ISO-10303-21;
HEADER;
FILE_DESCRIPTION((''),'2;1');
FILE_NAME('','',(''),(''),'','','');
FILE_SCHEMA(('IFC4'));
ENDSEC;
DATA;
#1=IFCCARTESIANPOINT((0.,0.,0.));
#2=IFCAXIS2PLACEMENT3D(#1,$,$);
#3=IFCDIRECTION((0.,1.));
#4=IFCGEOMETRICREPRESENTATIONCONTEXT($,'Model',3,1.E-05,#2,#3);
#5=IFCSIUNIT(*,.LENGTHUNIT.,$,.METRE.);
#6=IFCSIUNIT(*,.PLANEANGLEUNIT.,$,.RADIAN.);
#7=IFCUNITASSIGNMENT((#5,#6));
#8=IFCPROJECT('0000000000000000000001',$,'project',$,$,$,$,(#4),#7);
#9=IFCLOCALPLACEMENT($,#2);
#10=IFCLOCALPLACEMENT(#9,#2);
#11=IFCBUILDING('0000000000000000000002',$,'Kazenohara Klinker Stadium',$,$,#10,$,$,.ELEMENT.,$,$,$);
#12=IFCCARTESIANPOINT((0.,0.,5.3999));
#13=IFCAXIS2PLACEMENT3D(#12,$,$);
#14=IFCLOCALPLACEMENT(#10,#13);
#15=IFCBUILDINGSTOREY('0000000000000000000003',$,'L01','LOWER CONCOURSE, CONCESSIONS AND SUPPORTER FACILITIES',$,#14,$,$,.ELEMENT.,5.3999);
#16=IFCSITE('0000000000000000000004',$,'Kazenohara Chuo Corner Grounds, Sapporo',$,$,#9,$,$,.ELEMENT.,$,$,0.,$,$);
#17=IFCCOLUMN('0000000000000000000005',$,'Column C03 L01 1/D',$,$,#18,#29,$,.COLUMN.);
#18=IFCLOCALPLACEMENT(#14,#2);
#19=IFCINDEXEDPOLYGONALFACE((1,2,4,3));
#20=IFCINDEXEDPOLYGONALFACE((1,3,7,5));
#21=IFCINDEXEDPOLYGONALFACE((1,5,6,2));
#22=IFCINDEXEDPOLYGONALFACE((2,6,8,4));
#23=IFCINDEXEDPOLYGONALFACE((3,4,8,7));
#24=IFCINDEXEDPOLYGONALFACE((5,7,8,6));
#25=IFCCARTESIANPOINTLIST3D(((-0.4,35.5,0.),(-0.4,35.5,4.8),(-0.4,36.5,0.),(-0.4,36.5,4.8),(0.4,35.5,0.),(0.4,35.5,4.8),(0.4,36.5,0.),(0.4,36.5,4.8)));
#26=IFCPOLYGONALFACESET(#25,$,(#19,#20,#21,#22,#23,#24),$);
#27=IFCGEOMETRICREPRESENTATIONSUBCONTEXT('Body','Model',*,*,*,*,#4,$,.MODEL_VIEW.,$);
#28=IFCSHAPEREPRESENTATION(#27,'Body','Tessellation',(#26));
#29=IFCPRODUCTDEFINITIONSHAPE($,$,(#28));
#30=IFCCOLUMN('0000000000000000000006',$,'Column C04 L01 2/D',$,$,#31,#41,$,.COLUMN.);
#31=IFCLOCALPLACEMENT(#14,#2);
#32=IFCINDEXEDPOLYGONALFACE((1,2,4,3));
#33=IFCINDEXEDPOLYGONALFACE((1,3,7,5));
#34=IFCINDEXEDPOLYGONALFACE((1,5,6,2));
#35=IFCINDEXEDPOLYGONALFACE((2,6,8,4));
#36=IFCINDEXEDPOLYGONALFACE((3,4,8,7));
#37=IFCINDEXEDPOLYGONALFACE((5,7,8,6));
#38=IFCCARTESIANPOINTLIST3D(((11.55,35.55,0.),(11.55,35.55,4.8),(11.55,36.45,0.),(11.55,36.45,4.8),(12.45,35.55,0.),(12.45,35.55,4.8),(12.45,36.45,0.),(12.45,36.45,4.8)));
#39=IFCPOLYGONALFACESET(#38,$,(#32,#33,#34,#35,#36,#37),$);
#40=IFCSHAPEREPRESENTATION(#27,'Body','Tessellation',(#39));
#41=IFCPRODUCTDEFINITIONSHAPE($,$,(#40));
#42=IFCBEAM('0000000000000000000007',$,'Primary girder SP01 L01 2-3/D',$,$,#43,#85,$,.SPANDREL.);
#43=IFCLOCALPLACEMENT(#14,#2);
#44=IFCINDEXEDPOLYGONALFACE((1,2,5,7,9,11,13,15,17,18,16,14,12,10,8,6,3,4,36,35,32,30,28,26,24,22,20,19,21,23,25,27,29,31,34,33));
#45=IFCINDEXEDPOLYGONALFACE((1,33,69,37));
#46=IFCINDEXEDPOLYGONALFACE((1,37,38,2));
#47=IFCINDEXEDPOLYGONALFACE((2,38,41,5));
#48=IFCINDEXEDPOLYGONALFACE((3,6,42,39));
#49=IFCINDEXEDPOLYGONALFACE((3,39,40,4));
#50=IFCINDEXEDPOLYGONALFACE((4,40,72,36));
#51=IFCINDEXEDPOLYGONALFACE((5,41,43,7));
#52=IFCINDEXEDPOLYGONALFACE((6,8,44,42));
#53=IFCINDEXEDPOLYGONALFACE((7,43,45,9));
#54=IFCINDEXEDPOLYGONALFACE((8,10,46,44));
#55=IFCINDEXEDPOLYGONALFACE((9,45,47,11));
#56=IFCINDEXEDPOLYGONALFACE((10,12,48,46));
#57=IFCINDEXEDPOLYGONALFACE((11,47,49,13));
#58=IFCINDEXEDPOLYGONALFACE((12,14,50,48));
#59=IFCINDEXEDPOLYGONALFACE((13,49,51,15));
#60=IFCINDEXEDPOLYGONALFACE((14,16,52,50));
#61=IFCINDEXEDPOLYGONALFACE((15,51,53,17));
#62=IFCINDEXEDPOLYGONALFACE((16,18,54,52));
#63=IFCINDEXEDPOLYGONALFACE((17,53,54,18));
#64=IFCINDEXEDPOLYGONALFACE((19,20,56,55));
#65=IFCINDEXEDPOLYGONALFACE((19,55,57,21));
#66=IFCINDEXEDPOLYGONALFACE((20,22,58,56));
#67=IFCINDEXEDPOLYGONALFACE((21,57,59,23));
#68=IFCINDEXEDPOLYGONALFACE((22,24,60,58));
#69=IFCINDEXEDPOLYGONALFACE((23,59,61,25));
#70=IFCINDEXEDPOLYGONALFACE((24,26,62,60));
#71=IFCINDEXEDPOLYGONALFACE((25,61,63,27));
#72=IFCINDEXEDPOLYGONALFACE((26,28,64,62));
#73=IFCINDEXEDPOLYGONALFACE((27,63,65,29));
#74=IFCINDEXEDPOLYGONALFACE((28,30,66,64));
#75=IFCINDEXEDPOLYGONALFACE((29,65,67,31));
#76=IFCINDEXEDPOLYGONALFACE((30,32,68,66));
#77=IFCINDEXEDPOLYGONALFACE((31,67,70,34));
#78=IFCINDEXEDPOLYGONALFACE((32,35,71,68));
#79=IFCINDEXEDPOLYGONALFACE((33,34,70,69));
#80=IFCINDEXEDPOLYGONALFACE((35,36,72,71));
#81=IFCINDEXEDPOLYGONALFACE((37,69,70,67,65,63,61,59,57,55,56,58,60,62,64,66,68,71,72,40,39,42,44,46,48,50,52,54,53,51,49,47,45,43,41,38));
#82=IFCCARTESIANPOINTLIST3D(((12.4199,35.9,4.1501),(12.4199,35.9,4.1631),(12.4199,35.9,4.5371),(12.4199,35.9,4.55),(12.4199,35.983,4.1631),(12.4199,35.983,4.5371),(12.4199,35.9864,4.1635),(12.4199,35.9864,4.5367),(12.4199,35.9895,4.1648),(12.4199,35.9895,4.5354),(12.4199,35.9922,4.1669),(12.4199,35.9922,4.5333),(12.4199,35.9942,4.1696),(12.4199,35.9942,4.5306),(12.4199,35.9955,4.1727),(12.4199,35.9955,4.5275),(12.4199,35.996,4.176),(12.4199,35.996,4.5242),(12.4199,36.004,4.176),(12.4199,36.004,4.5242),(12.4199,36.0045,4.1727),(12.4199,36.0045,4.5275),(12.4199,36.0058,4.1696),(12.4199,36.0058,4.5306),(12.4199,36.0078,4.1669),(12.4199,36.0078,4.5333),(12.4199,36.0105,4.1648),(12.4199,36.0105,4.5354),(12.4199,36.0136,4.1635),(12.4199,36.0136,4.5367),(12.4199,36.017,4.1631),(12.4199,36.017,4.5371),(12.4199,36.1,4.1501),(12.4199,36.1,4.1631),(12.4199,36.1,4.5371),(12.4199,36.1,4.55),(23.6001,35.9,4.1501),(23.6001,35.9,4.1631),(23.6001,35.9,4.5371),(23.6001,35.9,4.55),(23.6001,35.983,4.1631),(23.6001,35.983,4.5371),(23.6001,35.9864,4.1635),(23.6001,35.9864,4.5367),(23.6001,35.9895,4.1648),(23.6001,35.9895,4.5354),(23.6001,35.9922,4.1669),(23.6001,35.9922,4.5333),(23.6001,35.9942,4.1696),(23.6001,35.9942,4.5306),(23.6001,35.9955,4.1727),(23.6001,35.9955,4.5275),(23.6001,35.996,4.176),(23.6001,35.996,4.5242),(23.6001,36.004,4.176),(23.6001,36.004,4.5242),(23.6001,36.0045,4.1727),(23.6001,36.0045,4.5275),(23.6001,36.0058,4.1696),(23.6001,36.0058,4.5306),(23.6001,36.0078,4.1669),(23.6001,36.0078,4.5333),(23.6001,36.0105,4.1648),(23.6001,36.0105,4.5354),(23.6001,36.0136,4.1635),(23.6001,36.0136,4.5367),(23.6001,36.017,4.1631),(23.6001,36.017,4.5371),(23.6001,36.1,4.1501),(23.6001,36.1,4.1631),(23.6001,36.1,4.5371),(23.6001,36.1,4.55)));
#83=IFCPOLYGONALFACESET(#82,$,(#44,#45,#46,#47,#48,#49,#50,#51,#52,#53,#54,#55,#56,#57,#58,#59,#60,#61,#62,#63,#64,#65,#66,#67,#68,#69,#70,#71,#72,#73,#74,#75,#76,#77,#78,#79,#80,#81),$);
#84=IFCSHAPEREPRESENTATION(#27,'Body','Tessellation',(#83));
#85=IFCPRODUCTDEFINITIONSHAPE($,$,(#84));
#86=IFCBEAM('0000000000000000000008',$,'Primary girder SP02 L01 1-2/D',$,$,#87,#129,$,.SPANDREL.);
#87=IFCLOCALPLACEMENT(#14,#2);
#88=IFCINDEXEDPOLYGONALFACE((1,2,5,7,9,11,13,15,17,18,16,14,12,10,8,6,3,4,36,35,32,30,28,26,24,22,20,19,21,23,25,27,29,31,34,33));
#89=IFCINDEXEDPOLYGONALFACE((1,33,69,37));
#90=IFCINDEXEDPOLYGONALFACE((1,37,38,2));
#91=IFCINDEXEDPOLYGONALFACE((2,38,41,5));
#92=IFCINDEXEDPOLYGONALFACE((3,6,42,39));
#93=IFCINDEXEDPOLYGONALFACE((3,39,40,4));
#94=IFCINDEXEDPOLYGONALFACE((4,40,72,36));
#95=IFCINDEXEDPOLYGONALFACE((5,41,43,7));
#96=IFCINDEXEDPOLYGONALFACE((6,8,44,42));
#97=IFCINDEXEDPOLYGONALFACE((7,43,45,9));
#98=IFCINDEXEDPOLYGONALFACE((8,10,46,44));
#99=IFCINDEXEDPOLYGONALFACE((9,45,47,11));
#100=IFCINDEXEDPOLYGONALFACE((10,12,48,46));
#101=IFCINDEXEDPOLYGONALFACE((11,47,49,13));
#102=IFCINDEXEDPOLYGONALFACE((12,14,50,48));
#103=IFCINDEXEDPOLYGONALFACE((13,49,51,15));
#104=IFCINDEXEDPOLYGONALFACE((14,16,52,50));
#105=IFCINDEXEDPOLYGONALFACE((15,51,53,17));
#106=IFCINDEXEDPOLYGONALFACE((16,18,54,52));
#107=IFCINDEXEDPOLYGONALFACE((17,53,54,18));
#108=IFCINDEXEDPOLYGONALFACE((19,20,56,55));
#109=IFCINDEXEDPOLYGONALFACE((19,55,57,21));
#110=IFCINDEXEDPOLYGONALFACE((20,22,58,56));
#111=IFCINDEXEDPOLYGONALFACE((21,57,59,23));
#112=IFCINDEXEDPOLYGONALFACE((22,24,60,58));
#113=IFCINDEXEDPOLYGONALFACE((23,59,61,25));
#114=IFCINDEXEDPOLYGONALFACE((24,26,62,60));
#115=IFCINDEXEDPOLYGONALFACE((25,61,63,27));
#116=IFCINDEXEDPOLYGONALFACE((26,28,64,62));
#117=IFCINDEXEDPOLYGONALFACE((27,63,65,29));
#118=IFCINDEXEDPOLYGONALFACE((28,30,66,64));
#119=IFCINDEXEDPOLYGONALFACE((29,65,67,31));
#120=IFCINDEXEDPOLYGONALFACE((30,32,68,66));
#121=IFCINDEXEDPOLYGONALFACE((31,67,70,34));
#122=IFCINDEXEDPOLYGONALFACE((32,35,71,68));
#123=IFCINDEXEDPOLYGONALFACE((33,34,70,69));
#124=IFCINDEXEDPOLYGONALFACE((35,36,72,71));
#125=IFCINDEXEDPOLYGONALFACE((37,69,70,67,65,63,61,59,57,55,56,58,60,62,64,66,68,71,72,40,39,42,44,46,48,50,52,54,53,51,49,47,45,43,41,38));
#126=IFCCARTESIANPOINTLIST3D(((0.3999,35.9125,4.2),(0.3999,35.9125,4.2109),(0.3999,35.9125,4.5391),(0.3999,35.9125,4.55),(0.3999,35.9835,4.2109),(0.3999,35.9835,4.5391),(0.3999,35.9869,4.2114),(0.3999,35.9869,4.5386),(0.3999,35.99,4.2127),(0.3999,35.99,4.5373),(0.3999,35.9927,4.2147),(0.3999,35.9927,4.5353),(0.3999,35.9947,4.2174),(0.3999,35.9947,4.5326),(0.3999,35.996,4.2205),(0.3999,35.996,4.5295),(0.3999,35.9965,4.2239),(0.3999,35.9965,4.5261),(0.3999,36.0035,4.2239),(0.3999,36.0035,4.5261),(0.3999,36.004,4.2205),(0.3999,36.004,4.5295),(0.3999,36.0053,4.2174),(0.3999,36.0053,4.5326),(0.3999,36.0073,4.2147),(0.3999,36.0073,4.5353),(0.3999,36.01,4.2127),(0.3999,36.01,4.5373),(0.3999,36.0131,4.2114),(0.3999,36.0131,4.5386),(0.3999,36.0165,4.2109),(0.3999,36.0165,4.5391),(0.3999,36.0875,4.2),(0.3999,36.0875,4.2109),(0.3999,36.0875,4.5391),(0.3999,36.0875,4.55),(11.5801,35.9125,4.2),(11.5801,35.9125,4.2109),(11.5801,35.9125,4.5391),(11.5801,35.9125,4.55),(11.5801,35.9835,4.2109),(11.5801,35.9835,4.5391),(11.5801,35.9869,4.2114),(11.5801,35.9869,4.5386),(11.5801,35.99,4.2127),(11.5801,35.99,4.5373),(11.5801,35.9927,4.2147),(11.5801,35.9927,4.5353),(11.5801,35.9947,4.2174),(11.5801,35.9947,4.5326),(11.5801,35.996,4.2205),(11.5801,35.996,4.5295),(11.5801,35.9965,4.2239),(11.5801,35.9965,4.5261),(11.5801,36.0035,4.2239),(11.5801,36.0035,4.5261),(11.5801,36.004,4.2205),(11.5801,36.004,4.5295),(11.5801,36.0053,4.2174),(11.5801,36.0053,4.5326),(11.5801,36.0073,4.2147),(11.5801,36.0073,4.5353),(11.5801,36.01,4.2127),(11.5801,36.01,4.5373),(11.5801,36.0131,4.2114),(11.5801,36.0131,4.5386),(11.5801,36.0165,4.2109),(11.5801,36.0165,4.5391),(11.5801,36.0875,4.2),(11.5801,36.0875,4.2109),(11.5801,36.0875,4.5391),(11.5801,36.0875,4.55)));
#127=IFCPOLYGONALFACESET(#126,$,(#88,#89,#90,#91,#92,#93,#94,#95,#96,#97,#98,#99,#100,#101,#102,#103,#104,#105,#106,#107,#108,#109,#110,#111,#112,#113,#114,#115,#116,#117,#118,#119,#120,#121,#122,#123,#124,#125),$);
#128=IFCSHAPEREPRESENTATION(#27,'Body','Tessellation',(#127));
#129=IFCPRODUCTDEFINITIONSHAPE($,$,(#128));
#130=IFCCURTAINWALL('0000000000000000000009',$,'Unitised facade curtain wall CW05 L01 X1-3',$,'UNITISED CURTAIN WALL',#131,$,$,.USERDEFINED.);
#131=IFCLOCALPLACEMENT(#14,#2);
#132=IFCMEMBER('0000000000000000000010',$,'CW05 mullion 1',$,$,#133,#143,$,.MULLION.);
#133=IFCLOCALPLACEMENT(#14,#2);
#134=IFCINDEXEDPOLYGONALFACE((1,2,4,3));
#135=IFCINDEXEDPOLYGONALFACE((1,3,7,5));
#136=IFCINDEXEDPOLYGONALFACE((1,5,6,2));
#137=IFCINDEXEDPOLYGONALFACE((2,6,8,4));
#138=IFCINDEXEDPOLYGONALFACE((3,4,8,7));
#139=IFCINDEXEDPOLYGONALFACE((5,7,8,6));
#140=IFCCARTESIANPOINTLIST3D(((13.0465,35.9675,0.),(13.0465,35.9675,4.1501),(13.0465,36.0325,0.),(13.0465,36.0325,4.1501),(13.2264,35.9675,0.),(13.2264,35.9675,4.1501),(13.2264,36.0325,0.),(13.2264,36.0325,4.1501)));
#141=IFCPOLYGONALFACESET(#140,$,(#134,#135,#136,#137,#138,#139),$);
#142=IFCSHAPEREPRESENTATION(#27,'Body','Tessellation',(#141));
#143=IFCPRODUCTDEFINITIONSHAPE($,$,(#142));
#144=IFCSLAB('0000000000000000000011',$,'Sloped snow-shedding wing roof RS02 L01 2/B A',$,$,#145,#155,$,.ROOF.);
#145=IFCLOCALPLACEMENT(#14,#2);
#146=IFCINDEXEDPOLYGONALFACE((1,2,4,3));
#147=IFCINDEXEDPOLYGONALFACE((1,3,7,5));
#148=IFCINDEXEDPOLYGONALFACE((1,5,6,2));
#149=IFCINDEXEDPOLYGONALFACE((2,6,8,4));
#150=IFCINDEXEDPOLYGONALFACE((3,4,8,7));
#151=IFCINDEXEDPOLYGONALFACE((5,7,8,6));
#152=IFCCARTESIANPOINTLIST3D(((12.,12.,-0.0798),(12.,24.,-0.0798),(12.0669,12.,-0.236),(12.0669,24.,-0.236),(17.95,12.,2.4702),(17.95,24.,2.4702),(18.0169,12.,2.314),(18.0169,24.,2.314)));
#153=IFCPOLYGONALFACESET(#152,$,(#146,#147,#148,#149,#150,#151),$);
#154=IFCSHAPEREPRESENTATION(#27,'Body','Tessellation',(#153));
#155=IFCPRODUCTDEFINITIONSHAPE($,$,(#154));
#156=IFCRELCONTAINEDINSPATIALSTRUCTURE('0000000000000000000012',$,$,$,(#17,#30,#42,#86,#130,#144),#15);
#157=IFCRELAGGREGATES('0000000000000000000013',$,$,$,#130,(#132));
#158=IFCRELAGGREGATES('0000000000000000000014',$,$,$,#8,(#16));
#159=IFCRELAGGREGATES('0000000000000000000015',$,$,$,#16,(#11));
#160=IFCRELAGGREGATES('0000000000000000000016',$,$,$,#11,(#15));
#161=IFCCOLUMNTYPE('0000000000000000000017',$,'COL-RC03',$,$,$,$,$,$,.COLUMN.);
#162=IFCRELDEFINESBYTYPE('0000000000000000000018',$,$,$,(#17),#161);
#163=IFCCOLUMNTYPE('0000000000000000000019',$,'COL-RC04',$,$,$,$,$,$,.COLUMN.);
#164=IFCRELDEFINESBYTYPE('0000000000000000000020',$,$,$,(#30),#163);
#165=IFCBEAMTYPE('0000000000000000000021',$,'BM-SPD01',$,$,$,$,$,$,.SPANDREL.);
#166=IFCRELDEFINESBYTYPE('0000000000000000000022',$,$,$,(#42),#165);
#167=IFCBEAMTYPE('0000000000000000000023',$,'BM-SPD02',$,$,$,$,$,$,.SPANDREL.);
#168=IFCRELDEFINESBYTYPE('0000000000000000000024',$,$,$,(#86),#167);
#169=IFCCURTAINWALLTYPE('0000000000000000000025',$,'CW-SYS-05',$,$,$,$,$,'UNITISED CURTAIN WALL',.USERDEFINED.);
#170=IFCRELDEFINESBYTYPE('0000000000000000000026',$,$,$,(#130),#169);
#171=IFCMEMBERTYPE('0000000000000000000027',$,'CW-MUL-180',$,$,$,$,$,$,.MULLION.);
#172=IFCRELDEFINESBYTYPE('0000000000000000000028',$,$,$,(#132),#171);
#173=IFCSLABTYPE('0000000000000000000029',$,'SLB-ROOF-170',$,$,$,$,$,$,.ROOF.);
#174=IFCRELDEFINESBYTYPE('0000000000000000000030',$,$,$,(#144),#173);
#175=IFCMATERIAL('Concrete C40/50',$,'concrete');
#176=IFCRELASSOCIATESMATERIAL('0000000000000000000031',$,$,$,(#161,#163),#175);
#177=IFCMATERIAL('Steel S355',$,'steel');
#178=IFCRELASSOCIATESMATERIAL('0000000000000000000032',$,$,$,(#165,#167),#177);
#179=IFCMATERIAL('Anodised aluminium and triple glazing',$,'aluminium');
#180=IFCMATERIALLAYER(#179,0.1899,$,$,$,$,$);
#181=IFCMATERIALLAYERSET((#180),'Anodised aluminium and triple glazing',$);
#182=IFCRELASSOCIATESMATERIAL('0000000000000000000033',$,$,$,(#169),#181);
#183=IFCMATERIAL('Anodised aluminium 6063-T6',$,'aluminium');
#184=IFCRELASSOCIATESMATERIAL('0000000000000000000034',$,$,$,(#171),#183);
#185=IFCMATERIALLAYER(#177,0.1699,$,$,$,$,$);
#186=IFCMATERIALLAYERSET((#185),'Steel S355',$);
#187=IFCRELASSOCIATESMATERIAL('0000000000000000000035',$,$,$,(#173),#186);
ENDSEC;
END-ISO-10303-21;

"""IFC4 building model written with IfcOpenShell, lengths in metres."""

from ifc_helpers import new_model, si_unit, direction, frame, origin, origin_2d, place, context, subcontext, project, spatial, polyline, rectangle, i_section, outline, extrude, material, layer, layer_set, material_profile, profile_set, type_object, element, aggregate, save


model = new_model("IFC4")

# Units and contexts
model_context = context("Model", 3, precision=1e-05, world=origin(), true_north=direction((0.0, 1.0)))
body_context = subcontext(model_context, "Body", "Model", "MODEL_VIEW")
ifc_project = project(units=[si_unit("LENGTHUNIT", "METRE"), si_unit("PLANEANGLEUNIT", "RADIAN")], contexts=[model_context])

# Site, building, storey
site_placement = place(None, origin())
site = spatial("IfcSite", under=ifc_project, at=site_placement, Name="Kazenohara Chuo Corner Grounds, Sapporo", CompositionType="ELEMENT", RefElevation=0.0)
building_placement = place(site_placement, origin())
building = spatial("IfcBuilding", under=site, at=building_placement, Name="Kazenohara Klinker Stadium", CompositionType="ELEMENT")
storey_placement = place(building_placement, frame((0.0, 0.0, 5.3999)))
storey = spatial("IfcBuildingStorey", under=building, at=storey_placement, Name="L01", Description="LOWER CONCOURSE, CONCESSIONS AND SUPPORTER FACILITIES", CompositionType="ELEMENT", Elevation=5.3999)

# Columns
ifc_material_1 = material(Name="Concrete C40/50", Category="concrete")
ifc_material_profile_1 = material_profile(ifc_material_1, rectangle(XDim=0.8, YDim=1.0, at=origin_2d()), Name="RC-COL-1000x800")
ifc_profile_set_1 = profile_set([ifc_material_profile_1], Name="Concrete C40/50")
column_type_1 = type_object("IfcColumnType", Name="COL-RC03", PredefinedType="COLUMN", material=ifc_profile_set_1)
column_1_placement = place(storey_placement, frame((0.0, 36.0, 0.0), z_axis=(0.0, 0.0, 1.0), x_axis=(1.0, 0.0, 0.0)))
element("IfcColumn", 1, at=column_1_placement, inside=storey, type_object=column_type_1, Name="Column C03 L01 1/D", PredefinedType="COLUMN", context=body_context, shape_type="SweptSolid", body=[
    extrude(rectangle(XDim=0.8, YDim=1.0, at=origin_2d()), origin(), (0.0, 0.0, 1.0), 4.8),
])
ifc_material_profile_2 = material_profile(ifc_material_1, rectangle(XDim=0.8999, YDim=0.8999, at=origin_2d()), Name="RC-COL-900x900")
ifc_profile_set_2 = profile_set([ifc_material_profile_2], Name="Concrete C40/50")
column_type_2 = type_object("IfcColumnType", Name="COL-RC04", PredefinedType="COLUMN", material=ifc_profile_set_2)
column_2_placement = place(storey_placement, frame((12.0, 36.0, 0.0), z_axis=(0.0, 0.0, 1.0), x_axis=(1.0, 0.0, 0.0)))
element("IfcColumn", 2, at=column_2_placement, inside=storey, type_object=column_type_2, Name="Column C04 L01 2/D", PredefinedType="COLUMN", context=body_context, shape_type="SweptSolid", body=[
    extrude(rectangle(XDim=0.8999, YDim=0.8999, at=origin_2d()), origin(), (0.0, 0.0, 1.0), 4.8),
])

# Beams
ifc_material_2 = material(Name="Steel S355", Category="steel")
ifc_material_profile_3 = material_profile(ifc_material_2, i_section(OverallWidth=0.2, OverallDepth=0.3999, WebThickness=0.0081, FlangeThickness=0.0129, FilletRadius=0.0129, at=origin_2d()), Name="H-400x200x8x13")
ifc_profile_set_3 = profile_set([ifc_material_profile_3], Name="Steel S355")
beam_type_1 = type_object("IfcBeamType", Name="BM-SPD01", PredefinedType="SPANDREL", material=ifc_profile_set_3)
beam_1_placement = place(storey_placement, frame((12.4199, 36.0, 4.3501), z_axis=(1.0, 0.0, 0.0), x_axis=(0.0, 1.0, 0.0)))
element("IfcBeam", 3, at=beam_1_placement, inside=storey, type_object=beam_type_1, Name="Primary girder SP01 L01 2-3/D", PredefinedType="SPANDREL", context=body_context, shape_type="SweptSolid", body=[
    extrude(i_section(OverallWidth=0.2, OverallDepth=0.3999, WebThickness=0.0081, FlangeThickness=0.0129, FilletRadius=0.0129, at=origin_2d()), origin(), (0.0, 0.0, 1.0), 11.1802),
])
ifc_material_profile_4 = material_profile(ifc_material_2, i_section(OverallWidth=0.175, OverallDepth=0.3501, WebThickness=0.0071, FlangeThickness=0.011, FilletRadius=0.0129, at=origin_2d()), Name="H-350x175x7x11")
ifc_profile_set_4 = profile_set([ifc_material_profile_4], Name="Steel S355")
beam_type_2 = type_object("IfcBeamType", Name="BM-SPD02", PredefinedType="SPANDREL", material=ifc_profile_set_4)
beam_2_placement = place(storey_placement, frame((0.3999, 36.0, 4.375), z_axis=(1.0, 0.0, 0.0), x_axis=(0.0, 1.0, 0.0)))
element("IfcBeam", 4, at=beam_2_placement, inside=storey, type_object=beam_type_2, Name="Primary girder SP02 L01 1-2/D", PredefinedType="SPANDREL", context=body_context, shape_type="SweptSolid", body=[
    extrude(i_section(OverallWidth=0.175, OverallDepth=0.3501, WebThickness=0.0071, FlangeThickness=0.011, FilletRadius=0.0129, at=origin_2d()), origin(), (0.0, 0.0, 1.0), 11.1802),
])

# Curtain wall, member
ifc_material_3 = material(Name="Anodised aluminium and triple glazing", Category="aluminium")
ifc_layer_1 = layer(ifc_material_3, 0.1899)
ifc_layer_set_1 = layer_set([ifc_layer_1], Name="Anodised aluminium and triple glazing")
curtain_wall_type = type_object("IfcCurtainWallType", Name="CW-SYS-05", ElementType="UNITISED CURTAIN WALL", PredefinedType="USERDEFINED", material=ifc_layer_set_1)
curtain_wall_placement = place(storey_placement, origin())
curtain_wall = element("IfcCurtainWall", 5, at=curtain_wall_placement, inside=storey, type_object=curtain_wall_type, Name="Unitised facade curtain wall CW05 L01 X1-3", ObjectType="UNITISED CURTAIN WALL", PredefinedType="USERDEFINED")
ifc_material_4 = material(Name="Anodised aluminium 6063-T6", Category="aluminium")
ifc_material_profile_5 = material_profile(ifc_material_4, rectangle(XDim=0.0649, YDim=0.1799, at=origin_2d()), Name="ALU-MUL-65x180")
ifc_profile_set_5 = profile_set([ifc_material_profile_5], Name="Anodised aluminium 6063-T6")
member_type = type_object("IfcMemberType", Name="CW-MUL-180", PredefinedType="MULLION", material=ifc_profile_set_5)
member_placement = place(storey_placement, frame((13.1365, 36.0, 0.0), z_axis=(0.0, 0.0, 1.0), x_axis=(0.0, 1.0, 0.0)))
member = element("IfcMember", 6, at=member_placement, type_object=member_type, Name="CW05 mullion 1", PredefinedType="MULLION", context=body_context, shape_type="SweptSolid", body=[
    extrude(rectangle(XDim=0.0649, YDim=0.1799, at=origin_2d()), origin(), (0.0, 0.0, 1.0), 4.1501),
])
aggregate(curtain_wall, [member])

# Slab
ifc_layer_2 = layer(ifc_material_2, 0.1699)
ifc_layer_set_2 = layer_set([ifc_layer_2], Name="Steel S355")
slab_type = type_object("IfcSlabType", Name="SLB-ROOF-170", PredefinedType="ROOF", material=ifc_layer_set_2)
slab_placement = place(storey_placement, frame((12.0, 12.0, -0.0798), z_axis=(-0.393928, 0.0, 0.919141), x_axis=(0.919141, 0.0, 0.393928)))
element("IfcSlab", 7, at=slab_placement, inside=storey, type_object=slab_type, Name="Sloped snow-shedding wing roof RS02 L01 2/B A", PredefinedType="ROOF", context=body_context, shape_type="SweptSolid", body=[
    extrude(outline(polyline([(0.0, 0.0), (6.4734, 0.0), (6.4734, 12.0), (0.0, 12.0), (0.0, 0.0)])), origin(), (0.0, 0.0, -1.0), 0.1699),
])

save(model, "model.ifc")
